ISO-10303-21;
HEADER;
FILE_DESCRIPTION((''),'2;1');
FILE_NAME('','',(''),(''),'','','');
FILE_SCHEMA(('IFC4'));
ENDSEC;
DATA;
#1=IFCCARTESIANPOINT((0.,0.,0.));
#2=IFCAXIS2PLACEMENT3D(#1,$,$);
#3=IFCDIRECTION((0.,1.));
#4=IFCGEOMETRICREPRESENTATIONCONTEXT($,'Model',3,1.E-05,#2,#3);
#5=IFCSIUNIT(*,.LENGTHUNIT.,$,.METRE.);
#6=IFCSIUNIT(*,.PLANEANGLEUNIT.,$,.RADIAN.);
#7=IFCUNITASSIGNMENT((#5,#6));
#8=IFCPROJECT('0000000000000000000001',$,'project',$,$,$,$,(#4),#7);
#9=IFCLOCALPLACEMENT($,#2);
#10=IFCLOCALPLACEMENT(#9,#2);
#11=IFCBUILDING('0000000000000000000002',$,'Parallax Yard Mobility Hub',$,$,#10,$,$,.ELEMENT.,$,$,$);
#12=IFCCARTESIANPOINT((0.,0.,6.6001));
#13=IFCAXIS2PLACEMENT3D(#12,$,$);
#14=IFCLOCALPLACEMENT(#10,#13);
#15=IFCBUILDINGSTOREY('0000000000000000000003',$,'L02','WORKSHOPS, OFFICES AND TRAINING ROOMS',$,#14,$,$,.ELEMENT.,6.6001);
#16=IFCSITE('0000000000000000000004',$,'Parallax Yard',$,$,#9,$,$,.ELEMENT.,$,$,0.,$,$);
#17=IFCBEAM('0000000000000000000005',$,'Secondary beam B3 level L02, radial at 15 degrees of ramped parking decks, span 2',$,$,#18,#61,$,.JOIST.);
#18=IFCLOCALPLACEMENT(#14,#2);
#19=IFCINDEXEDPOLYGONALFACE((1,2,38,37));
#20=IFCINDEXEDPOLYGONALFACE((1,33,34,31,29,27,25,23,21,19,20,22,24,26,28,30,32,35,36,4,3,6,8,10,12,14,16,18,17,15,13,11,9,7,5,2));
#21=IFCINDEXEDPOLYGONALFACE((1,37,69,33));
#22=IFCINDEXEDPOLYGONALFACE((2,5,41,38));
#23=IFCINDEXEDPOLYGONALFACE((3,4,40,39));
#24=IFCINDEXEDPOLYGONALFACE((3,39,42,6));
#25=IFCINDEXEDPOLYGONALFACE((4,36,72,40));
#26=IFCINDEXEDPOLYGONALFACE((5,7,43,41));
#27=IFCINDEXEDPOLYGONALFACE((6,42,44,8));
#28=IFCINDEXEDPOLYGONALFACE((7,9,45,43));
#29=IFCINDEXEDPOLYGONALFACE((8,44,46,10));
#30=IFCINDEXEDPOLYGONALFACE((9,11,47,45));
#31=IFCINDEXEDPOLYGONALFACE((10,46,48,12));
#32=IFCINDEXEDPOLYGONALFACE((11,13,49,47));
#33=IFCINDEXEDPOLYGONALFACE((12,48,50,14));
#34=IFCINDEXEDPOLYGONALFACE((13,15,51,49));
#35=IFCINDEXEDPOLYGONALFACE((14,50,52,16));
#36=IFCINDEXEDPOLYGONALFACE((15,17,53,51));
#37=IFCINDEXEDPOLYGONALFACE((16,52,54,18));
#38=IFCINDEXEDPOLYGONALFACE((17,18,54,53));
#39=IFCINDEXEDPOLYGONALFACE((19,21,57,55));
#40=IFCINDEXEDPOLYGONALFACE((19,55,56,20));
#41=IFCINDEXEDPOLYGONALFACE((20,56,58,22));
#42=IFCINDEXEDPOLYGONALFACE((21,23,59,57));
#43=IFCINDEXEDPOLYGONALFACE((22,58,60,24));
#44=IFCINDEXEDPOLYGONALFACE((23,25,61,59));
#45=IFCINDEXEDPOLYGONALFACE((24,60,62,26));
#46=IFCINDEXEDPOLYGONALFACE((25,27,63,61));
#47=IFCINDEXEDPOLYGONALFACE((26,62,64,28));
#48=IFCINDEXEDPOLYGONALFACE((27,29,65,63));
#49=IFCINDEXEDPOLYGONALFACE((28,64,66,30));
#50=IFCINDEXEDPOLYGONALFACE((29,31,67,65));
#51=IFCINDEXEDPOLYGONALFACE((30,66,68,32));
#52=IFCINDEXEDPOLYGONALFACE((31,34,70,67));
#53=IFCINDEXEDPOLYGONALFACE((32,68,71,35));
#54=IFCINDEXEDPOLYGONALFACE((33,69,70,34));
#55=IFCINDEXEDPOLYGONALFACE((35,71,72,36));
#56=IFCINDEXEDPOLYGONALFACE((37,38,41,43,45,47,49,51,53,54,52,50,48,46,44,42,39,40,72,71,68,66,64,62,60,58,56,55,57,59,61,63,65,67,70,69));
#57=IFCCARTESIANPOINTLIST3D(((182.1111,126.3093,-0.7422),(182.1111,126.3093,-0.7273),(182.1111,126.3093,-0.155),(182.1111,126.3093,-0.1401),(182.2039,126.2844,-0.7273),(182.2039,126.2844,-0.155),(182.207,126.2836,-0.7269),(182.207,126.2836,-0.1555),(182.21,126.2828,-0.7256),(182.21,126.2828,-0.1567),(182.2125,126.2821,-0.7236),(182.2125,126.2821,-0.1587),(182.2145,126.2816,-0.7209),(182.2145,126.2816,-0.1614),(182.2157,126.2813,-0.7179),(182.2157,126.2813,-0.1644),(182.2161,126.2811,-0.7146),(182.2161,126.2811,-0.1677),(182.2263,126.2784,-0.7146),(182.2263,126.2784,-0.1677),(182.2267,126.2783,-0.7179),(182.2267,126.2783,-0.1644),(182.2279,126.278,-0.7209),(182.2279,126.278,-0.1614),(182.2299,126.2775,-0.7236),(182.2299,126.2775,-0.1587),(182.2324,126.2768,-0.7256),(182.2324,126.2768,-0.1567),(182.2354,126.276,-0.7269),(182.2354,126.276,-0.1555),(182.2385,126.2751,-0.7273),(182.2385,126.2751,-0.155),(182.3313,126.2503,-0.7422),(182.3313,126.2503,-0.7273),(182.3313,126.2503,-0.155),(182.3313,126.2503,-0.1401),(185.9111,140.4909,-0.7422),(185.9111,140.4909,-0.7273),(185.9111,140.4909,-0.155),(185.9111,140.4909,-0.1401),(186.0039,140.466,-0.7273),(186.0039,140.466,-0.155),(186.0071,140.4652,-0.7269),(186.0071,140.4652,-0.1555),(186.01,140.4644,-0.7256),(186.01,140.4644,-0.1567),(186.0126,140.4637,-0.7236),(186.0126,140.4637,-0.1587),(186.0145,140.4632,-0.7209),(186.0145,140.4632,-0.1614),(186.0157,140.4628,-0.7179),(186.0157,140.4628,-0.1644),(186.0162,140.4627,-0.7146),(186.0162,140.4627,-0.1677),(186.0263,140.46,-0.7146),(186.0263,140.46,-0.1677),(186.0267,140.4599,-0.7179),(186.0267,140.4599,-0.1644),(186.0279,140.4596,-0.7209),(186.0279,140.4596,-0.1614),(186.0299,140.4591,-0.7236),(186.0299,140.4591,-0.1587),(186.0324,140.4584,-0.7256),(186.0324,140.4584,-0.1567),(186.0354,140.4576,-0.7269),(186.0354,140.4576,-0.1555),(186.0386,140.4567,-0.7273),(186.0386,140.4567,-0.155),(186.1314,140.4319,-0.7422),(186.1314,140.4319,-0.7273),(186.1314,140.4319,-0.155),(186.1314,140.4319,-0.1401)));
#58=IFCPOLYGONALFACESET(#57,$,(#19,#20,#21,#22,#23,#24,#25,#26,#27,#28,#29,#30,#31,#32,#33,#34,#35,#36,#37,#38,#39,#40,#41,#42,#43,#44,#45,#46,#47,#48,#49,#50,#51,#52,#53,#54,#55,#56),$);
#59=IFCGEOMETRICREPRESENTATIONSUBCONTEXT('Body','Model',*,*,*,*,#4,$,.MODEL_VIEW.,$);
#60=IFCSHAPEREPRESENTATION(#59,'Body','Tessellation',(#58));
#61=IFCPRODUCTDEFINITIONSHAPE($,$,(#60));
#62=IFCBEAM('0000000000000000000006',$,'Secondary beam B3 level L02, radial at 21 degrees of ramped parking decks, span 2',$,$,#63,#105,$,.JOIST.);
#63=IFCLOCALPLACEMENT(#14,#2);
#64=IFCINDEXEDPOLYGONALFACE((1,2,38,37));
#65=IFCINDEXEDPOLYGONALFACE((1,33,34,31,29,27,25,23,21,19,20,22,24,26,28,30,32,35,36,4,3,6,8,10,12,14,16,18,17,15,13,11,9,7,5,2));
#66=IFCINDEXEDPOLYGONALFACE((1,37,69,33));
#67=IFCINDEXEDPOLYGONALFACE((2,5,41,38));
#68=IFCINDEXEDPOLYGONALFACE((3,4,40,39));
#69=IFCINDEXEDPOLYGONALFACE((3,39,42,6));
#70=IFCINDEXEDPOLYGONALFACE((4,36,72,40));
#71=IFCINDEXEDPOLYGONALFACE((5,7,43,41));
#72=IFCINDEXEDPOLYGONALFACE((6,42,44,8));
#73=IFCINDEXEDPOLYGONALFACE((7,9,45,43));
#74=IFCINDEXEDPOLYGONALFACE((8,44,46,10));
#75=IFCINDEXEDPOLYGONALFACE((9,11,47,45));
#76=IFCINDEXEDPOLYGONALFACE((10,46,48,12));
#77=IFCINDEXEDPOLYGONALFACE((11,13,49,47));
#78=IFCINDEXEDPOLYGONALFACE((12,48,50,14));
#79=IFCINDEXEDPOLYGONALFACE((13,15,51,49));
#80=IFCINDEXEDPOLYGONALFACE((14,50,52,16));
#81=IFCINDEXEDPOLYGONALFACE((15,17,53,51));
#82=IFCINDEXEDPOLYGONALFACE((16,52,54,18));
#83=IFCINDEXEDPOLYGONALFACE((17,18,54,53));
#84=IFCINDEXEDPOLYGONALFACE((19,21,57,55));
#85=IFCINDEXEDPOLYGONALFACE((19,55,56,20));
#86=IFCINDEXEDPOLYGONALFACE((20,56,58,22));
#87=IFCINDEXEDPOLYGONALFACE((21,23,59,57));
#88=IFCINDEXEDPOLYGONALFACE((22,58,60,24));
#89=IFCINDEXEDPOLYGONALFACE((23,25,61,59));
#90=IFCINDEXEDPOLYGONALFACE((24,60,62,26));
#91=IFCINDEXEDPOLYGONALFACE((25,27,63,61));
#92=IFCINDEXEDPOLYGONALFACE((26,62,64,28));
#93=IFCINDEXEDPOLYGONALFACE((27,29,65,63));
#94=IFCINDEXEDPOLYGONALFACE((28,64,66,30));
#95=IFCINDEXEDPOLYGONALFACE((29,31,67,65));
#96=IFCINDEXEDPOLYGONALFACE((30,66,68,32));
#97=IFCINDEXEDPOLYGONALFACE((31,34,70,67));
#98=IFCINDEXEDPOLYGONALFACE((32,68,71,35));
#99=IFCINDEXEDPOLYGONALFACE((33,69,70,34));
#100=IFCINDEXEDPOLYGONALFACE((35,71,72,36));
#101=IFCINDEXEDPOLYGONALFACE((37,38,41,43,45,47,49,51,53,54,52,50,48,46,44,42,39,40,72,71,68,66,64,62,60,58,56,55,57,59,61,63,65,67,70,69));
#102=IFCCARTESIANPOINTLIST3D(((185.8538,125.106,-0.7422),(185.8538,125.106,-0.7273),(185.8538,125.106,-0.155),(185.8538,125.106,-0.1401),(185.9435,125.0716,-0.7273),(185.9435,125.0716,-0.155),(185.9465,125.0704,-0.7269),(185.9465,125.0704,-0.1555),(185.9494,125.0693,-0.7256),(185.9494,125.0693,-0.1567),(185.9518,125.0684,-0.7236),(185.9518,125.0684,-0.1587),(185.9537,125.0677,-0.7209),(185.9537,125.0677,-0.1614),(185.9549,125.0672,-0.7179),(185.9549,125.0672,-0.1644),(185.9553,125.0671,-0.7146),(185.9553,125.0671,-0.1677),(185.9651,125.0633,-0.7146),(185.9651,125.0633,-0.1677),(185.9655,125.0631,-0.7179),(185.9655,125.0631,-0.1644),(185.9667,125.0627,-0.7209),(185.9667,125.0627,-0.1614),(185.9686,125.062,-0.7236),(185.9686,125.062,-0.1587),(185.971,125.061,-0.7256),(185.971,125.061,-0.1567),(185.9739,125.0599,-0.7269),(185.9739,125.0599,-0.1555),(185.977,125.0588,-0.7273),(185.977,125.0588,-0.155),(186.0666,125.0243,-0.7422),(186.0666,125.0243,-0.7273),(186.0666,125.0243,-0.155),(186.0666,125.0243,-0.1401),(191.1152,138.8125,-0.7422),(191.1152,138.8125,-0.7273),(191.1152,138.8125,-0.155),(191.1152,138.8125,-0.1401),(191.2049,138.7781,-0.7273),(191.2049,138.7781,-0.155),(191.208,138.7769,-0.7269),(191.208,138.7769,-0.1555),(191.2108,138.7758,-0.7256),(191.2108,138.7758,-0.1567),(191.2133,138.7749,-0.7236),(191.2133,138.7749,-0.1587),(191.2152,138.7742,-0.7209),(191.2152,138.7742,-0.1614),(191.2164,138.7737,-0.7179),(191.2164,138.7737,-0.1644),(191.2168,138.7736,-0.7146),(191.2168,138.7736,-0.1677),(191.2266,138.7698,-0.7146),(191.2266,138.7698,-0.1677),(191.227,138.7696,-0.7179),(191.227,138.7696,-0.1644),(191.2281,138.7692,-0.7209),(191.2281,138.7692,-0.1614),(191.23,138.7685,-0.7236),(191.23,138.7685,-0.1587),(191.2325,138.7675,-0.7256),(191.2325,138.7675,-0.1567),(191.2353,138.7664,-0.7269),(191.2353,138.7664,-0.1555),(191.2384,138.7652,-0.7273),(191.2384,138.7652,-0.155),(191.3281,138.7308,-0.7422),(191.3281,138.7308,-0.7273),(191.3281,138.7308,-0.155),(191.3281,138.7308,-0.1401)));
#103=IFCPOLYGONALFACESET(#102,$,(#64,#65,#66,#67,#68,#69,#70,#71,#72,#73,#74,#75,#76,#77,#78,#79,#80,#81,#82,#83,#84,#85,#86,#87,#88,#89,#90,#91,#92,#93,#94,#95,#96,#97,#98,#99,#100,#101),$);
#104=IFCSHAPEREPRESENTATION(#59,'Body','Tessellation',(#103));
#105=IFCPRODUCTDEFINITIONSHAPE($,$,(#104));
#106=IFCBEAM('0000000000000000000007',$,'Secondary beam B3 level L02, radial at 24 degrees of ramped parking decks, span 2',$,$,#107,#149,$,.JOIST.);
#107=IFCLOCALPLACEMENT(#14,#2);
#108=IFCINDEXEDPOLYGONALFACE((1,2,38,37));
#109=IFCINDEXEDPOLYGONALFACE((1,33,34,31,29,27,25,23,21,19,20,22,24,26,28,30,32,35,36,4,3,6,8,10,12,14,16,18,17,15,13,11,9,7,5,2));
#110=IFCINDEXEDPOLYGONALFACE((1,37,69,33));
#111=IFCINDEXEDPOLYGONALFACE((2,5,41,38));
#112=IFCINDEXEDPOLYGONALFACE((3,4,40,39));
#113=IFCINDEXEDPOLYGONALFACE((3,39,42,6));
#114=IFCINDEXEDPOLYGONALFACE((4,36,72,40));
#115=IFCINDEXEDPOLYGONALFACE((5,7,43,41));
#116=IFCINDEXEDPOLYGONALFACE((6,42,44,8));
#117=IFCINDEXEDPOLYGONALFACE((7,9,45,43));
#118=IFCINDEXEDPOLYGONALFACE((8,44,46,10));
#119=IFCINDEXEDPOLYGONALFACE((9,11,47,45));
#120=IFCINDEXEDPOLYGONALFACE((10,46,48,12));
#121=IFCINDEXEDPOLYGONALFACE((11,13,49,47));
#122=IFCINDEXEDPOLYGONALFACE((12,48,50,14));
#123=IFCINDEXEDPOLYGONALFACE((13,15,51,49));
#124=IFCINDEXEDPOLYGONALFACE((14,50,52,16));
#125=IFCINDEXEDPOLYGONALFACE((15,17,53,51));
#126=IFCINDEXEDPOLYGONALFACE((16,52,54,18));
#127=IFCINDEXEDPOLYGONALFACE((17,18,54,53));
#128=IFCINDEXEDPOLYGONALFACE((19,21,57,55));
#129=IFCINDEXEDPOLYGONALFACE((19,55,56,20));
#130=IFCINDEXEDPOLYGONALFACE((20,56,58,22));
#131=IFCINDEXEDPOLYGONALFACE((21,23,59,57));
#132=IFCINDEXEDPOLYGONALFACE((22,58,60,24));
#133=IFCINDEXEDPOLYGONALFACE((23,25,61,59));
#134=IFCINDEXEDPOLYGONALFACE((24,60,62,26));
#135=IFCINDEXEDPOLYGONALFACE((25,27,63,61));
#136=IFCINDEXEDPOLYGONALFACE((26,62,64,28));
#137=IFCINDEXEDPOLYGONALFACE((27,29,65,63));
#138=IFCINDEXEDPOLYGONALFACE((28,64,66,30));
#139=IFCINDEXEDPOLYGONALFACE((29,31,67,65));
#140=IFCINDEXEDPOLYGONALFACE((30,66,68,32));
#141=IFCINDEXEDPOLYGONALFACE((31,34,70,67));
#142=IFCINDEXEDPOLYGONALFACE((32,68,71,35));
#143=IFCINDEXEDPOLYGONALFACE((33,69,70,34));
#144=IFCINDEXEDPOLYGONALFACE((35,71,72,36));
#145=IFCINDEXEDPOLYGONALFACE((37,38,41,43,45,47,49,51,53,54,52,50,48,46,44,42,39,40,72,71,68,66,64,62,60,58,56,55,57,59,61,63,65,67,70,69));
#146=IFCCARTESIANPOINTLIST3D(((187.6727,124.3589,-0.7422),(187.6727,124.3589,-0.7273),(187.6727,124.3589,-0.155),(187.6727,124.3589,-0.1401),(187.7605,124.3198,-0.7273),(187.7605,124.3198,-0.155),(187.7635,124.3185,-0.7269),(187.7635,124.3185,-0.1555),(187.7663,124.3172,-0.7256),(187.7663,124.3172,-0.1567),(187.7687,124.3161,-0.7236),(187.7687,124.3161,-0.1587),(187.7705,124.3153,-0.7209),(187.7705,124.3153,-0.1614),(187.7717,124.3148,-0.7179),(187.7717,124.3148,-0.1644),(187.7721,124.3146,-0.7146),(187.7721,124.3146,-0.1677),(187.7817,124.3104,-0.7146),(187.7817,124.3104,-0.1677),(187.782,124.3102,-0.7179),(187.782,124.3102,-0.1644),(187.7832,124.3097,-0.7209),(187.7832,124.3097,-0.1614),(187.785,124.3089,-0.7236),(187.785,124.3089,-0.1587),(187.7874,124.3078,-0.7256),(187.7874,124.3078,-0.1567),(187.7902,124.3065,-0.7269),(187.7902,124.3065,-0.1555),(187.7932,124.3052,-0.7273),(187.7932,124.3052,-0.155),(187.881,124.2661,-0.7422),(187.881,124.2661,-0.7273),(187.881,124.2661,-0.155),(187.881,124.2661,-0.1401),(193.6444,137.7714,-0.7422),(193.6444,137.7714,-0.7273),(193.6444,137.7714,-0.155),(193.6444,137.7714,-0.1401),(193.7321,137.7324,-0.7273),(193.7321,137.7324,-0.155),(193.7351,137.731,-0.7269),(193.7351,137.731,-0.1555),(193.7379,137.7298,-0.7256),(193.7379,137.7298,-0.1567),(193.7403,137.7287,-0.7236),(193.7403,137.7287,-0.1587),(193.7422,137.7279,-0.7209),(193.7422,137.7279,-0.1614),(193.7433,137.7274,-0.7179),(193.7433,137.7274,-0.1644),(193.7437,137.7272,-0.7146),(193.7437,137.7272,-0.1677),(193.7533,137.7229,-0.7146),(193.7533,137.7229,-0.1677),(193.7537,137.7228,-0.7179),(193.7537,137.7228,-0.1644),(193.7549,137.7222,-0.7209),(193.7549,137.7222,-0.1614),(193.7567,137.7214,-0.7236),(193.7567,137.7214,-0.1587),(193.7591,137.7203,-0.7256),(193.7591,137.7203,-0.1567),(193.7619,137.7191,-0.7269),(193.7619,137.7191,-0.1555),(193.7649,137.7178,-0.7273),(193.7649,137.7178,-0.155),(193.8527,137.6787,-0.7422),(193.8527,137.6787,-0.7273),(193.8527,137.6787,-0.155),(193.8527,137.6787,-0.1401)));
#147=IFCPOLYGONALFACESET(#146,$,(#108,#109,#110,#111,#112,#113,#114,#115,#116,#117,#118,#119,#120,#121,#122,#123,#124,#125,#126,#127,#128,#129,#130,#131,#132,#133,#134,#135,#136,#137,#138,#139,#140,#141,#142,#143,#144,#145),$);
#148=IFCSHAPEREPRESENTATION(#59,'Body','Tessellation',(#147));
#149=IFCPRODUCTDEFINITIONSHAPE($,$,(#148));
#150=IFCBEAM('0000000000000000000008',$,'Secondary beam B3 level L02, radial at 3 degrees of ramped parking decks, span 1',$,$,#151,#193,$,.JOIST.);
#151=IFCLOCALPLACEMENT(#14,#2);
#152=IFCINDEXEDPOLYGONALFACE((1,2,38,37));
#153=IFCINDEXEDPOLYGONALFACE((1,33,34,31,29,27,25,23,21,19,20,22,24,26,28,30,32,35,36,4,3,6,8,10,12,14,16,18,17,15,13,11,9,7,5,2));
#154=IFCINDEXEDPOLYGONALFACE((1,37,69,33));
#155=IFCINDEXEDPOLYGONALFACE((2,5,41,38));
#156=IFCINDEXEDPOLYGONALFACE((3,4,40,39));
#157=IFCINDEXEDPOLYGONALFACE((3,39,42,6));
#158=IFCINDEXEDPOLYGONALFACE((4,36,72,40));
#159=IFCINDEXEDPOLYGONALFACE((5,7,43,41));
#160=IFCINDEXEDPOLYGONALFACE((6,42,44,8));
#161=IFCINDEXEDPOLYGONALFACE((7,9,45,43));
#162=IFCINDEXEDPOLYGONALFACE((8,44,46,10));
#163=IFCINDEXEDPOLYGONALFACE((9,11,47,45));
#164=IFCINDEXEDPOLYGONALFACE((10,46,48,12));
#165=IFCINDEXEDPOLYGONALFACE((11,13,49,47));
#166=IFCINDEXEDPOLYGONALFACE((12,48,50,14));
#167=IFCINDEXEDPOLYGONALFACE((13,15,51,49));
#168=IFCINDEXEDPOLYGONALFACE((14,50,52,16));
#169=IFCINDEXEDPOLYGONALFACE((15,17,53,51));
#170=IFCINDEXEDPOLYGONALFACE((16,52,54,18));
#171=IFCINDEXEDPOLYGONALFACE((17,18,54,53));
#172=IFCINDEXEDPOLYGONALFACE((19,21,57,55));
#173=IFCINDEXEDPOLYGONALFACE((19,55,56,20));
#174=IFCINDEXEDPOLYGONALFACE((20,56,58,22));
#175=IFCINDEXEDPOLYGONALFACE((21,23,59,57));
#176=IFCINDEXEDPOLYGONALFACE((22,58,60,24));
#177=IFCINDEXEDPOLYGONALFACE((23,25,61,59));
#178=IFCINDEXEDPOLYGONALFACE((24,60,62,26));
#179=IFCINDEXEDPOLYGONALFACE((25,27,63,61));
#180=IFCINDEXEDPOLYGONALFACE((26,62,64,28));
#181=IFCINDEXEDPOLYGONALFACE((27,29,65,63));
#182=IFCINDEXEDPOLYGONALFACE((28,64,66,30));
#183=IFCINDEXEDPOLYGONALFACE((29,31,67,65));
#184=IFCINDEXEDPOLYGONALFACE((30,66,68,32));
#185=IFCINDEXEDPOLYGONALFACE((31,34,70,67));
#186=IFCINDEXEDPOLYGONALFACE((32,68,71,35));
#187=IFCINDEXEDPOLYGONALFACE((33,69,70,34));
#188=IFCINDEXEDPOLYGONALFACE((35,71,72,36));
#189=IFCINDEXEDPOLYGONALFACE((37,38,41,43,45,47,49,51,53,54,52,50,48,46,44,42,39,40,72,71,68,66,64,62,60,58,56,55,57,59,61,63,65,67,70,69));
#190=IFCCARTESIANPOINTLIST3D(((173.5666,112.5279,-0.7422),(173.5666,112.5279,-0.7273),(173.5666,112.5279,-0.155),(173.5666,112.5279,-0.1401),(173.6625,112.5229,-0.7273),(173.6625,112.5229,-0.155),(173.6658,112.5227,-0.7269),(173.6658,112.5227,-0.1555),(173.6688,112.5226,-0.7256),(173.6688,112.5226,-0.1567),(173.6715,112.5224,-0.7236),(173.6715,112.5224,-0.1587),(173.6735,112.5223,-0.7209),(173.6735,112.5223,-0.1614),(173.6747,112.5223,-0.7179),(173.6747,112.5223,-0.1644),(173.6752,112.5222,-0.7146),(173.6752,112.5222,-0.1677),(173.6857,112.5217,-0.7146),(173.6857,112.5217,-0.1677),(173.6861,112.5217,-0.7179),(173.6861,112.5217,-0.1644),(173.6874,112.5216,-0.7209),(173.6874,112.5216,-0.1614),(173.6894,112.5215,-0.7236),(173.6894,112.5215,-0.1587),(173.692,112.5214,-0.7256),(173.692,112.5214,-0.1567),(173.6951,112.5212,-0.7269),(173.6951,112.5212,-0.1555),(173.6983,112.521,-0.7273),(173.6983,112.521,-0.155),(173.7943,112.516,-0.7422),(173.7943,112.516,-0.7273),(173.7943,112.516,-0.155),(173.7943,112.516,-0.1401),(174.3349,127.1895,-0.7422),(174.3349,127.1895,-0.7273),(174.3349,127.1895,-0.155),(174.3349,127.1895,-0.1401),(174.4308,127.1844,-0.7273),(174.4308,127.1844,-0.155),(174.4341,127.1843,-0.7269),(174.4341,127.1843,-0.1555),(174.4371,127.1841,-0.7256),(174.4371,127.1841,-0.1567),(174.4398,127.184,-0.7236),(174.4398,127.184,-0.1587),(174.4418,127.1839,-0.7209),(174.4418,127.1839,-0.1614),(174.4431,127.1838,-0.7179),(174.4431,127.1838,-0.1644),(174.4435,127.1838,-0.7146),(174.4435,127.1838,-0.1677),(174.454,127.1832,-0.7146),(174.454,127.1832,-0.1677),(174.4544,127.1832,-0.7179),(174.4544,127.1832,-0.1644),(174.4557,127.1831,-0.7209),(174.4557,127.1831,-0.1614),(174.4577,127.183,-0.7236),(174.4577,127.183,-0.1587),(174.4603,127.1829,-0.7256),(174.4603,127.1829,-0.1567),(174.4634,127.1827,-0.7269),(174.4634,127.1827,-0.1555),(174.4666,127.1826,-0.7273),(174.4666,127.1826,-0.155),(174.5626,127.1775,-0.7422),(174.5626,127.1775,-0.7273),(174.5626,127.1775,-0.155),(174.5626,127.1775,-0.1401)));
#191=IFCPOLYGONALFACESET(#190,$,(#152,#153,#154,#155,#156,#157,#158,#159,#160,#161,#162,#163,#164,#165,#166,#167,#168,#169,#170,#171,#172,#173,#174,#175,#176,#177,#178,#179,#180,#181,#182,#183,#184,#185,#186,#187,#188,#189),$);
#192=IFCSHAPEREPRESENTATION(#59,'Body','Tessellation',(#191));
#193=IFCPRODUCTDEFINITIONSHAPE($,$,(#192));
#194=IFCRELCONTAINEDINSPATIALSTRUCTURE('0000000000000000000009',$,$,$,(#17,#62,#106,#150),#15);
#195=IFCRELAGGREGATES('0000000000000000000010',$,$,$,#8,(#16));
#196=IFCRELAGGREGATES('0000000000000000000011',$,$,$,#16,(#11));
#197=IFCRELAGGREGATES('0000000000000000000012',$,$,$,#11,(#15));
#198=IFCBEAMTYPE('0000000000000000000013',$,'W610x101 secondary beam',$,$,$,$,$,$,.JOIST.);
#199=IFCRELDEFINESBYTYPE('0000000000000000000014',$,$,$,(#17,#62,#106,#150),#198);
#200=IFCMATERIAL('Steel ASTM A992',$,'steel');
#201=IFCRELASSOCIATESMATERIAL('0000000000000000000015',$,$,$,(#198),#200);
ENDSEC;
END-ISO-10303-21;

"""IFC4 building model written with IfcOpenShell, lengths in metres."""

from ifc_helpers import new_model, si_unit, direction, frame, origin, origin_2d, place, context, subcontext, project, spatial, i_section, extrude, material, material_profile, profile_set, type_object, element, save


model = new_model("IFC4")

# Units and contexts
model_context = context("Model", 3, precision=1e-05, world=origin(), true_north=direction((0.0, 1.0)))
body_context = subcontext(model_context, "Body", "Model", "MODEL_VIEW")
ifc_project = project(units=[si_unit("LENGTHUNIT", "METRE"), si_unit("PLANEANGLEUNIT", "RADIAN")], contexts=[model_context])

# Site, building, storey
site_placement = place(None, origin())
site = spatial("IfcSite", under=ifc_project, at=site_placement, Name="Parallax Yard", CompositionType="ELEMENT", RefElevation=0.0)
building_placement = place(site_placement, origin())
building = spatial("IfcBuilding", under=site, at=building_placement, Name="Parallax Yard Mobility Hub", CompositionType="ELEMENT")
storey_placement = place(building_placement, frame((0.0, 0.0, 6.6001)))
storey = spatial("IfcBuildingStorey", under=building, at=storey_placement, Name="L02", Description="WORKSHOPS, OFFICES AND TRAINING ROOMS", CompositionType="ELEMENT", Elevation=6.6001)

# Shared definitions
ifc_material_1 = material(Name="Steel ASTM A992", Category="steel")

# Beams
ifc_material_profile_1 = material_profile(ifc_material_1, i_section(OverallWidth=0.228, OverallDepth=0.6021, WebThickness=0.0105, FlangeThickness=0.0149, FilletRadius=0.0127, at=origin_2d()), Name="W610x101")
ifc_profile_set_1 = profile_set([ifc_material_profile_1], Name="Steel ASTM A992")
beam_type_1 = type_object("IfcBeamType", Name="W610x101 secondary beam", PredefinedType="JOIST", material=ifc_profile_set_1)
for number, where, z_axis, x_axis, name in (
    (1, (182.2212, 126.2798, -0.4412), (0.258825, 0.965924, 0.0), (-0.965924, 0.258825, 0.0), "Secondary beam B3 level L02, radial at 15 degrees of ramped parking decks, span 2"),
):
    element("IfcBeam", number, at=place(storey_placement, frame(where, z_axis=z_axis, x_axis=x_axis)), inside=storey, type_object=beam_type_1, Name=name, PredefinedType="JOIST", context=body_context, shape_type="SweptSolid", body=[
        extrude(i_section(OverallWidth=0.228, OverallDepth=0.6021, WebThickness=0.0105, FlangeThickness=0.0149, FilletRadius=0.0127, at=origin_2d()), origin(), (0.0, 0.0, 1.0), 14.6819),
    ])
beam_1_placement = place(storey_placement, frame((185.9602, 125.0652, -0.4412), z_axis=(0.358369, 0.93358, 0.0), x_axis=(-0.93358, 0.358369, 0.0)))
element("IfcBeam", 2, at=beam_1_placement, inside=storey, type_object=beam_type_1, Name="Secondary beam B3 level L02, radial at 21 degrees of ramped parking decks, span 2", PredefinedType="JOIST", context=body_context, shape_type="SweptSolid", body=[
    extrude(i_section(OverallWidth=0.228, OverallDepth=0.6021, WebThickness=0.0105, FlangeThickness=0.0149, FilletRadius=0.0127, at=origin_2d()), origin(), (0.0, 0.0, 1.0), 14.6816),
])
beam_2_placement = place(storey_placement, frame((187.7769, 124.3125, -0.4412), z_axis=(0.406737, 0.913545, 0.0), x_axis=(-0.913545, 0.406737, 0.0)))
element("IfcBeam", 3, at=beam_2_placement, inside=storey, type_object=beam_type_1, Name="Secondary beam B3 level L02, radial at 24 degrees of ramped parking decks, span 2", PredefinedType="JOIST", context=body_context, shape_type="SweptSolid", body=[
    extrude(i_section(OverallWidth=0.228, OverallDepth=0.6021, WebThickness=0.0105, FlangeThickness=0.0149, FilletRadius=0.0127, at=origin_2d()), origin(), (0.0, 0.0, 1.0), 14.6819),
])
for number, where, z_axis, x_axis, name in (
    (4, (173.6804, 112.522, -0.4412), (0.052331, 0.99863, 0.0), (-0.99863, 0.052331, 0.0), "Secondary beam B3 level L02, radial at 3 degrees of ramped parking decks, span 1"),
):
    element("IfcBeam", number, at=place(storey_placement, frame(where, z_axis=z_axis, x_axis=x_axis)), inside=storey, type_object=beam_type_1, Name=name, PredefinedType="JOIST", context=body_context, shape_type="SweptSolid", body=[
        extrude(i_section(OverallWidth=0.228, OverallDepth=0.6021, WebThickness=0.0105, FlangeThickness=0.0149, FilletRadius=0.0127, at=origin_2d()), origin(), (0.0, 0.0, 1.0), 14.6816),
    ])

save(model, "model.ifc")
